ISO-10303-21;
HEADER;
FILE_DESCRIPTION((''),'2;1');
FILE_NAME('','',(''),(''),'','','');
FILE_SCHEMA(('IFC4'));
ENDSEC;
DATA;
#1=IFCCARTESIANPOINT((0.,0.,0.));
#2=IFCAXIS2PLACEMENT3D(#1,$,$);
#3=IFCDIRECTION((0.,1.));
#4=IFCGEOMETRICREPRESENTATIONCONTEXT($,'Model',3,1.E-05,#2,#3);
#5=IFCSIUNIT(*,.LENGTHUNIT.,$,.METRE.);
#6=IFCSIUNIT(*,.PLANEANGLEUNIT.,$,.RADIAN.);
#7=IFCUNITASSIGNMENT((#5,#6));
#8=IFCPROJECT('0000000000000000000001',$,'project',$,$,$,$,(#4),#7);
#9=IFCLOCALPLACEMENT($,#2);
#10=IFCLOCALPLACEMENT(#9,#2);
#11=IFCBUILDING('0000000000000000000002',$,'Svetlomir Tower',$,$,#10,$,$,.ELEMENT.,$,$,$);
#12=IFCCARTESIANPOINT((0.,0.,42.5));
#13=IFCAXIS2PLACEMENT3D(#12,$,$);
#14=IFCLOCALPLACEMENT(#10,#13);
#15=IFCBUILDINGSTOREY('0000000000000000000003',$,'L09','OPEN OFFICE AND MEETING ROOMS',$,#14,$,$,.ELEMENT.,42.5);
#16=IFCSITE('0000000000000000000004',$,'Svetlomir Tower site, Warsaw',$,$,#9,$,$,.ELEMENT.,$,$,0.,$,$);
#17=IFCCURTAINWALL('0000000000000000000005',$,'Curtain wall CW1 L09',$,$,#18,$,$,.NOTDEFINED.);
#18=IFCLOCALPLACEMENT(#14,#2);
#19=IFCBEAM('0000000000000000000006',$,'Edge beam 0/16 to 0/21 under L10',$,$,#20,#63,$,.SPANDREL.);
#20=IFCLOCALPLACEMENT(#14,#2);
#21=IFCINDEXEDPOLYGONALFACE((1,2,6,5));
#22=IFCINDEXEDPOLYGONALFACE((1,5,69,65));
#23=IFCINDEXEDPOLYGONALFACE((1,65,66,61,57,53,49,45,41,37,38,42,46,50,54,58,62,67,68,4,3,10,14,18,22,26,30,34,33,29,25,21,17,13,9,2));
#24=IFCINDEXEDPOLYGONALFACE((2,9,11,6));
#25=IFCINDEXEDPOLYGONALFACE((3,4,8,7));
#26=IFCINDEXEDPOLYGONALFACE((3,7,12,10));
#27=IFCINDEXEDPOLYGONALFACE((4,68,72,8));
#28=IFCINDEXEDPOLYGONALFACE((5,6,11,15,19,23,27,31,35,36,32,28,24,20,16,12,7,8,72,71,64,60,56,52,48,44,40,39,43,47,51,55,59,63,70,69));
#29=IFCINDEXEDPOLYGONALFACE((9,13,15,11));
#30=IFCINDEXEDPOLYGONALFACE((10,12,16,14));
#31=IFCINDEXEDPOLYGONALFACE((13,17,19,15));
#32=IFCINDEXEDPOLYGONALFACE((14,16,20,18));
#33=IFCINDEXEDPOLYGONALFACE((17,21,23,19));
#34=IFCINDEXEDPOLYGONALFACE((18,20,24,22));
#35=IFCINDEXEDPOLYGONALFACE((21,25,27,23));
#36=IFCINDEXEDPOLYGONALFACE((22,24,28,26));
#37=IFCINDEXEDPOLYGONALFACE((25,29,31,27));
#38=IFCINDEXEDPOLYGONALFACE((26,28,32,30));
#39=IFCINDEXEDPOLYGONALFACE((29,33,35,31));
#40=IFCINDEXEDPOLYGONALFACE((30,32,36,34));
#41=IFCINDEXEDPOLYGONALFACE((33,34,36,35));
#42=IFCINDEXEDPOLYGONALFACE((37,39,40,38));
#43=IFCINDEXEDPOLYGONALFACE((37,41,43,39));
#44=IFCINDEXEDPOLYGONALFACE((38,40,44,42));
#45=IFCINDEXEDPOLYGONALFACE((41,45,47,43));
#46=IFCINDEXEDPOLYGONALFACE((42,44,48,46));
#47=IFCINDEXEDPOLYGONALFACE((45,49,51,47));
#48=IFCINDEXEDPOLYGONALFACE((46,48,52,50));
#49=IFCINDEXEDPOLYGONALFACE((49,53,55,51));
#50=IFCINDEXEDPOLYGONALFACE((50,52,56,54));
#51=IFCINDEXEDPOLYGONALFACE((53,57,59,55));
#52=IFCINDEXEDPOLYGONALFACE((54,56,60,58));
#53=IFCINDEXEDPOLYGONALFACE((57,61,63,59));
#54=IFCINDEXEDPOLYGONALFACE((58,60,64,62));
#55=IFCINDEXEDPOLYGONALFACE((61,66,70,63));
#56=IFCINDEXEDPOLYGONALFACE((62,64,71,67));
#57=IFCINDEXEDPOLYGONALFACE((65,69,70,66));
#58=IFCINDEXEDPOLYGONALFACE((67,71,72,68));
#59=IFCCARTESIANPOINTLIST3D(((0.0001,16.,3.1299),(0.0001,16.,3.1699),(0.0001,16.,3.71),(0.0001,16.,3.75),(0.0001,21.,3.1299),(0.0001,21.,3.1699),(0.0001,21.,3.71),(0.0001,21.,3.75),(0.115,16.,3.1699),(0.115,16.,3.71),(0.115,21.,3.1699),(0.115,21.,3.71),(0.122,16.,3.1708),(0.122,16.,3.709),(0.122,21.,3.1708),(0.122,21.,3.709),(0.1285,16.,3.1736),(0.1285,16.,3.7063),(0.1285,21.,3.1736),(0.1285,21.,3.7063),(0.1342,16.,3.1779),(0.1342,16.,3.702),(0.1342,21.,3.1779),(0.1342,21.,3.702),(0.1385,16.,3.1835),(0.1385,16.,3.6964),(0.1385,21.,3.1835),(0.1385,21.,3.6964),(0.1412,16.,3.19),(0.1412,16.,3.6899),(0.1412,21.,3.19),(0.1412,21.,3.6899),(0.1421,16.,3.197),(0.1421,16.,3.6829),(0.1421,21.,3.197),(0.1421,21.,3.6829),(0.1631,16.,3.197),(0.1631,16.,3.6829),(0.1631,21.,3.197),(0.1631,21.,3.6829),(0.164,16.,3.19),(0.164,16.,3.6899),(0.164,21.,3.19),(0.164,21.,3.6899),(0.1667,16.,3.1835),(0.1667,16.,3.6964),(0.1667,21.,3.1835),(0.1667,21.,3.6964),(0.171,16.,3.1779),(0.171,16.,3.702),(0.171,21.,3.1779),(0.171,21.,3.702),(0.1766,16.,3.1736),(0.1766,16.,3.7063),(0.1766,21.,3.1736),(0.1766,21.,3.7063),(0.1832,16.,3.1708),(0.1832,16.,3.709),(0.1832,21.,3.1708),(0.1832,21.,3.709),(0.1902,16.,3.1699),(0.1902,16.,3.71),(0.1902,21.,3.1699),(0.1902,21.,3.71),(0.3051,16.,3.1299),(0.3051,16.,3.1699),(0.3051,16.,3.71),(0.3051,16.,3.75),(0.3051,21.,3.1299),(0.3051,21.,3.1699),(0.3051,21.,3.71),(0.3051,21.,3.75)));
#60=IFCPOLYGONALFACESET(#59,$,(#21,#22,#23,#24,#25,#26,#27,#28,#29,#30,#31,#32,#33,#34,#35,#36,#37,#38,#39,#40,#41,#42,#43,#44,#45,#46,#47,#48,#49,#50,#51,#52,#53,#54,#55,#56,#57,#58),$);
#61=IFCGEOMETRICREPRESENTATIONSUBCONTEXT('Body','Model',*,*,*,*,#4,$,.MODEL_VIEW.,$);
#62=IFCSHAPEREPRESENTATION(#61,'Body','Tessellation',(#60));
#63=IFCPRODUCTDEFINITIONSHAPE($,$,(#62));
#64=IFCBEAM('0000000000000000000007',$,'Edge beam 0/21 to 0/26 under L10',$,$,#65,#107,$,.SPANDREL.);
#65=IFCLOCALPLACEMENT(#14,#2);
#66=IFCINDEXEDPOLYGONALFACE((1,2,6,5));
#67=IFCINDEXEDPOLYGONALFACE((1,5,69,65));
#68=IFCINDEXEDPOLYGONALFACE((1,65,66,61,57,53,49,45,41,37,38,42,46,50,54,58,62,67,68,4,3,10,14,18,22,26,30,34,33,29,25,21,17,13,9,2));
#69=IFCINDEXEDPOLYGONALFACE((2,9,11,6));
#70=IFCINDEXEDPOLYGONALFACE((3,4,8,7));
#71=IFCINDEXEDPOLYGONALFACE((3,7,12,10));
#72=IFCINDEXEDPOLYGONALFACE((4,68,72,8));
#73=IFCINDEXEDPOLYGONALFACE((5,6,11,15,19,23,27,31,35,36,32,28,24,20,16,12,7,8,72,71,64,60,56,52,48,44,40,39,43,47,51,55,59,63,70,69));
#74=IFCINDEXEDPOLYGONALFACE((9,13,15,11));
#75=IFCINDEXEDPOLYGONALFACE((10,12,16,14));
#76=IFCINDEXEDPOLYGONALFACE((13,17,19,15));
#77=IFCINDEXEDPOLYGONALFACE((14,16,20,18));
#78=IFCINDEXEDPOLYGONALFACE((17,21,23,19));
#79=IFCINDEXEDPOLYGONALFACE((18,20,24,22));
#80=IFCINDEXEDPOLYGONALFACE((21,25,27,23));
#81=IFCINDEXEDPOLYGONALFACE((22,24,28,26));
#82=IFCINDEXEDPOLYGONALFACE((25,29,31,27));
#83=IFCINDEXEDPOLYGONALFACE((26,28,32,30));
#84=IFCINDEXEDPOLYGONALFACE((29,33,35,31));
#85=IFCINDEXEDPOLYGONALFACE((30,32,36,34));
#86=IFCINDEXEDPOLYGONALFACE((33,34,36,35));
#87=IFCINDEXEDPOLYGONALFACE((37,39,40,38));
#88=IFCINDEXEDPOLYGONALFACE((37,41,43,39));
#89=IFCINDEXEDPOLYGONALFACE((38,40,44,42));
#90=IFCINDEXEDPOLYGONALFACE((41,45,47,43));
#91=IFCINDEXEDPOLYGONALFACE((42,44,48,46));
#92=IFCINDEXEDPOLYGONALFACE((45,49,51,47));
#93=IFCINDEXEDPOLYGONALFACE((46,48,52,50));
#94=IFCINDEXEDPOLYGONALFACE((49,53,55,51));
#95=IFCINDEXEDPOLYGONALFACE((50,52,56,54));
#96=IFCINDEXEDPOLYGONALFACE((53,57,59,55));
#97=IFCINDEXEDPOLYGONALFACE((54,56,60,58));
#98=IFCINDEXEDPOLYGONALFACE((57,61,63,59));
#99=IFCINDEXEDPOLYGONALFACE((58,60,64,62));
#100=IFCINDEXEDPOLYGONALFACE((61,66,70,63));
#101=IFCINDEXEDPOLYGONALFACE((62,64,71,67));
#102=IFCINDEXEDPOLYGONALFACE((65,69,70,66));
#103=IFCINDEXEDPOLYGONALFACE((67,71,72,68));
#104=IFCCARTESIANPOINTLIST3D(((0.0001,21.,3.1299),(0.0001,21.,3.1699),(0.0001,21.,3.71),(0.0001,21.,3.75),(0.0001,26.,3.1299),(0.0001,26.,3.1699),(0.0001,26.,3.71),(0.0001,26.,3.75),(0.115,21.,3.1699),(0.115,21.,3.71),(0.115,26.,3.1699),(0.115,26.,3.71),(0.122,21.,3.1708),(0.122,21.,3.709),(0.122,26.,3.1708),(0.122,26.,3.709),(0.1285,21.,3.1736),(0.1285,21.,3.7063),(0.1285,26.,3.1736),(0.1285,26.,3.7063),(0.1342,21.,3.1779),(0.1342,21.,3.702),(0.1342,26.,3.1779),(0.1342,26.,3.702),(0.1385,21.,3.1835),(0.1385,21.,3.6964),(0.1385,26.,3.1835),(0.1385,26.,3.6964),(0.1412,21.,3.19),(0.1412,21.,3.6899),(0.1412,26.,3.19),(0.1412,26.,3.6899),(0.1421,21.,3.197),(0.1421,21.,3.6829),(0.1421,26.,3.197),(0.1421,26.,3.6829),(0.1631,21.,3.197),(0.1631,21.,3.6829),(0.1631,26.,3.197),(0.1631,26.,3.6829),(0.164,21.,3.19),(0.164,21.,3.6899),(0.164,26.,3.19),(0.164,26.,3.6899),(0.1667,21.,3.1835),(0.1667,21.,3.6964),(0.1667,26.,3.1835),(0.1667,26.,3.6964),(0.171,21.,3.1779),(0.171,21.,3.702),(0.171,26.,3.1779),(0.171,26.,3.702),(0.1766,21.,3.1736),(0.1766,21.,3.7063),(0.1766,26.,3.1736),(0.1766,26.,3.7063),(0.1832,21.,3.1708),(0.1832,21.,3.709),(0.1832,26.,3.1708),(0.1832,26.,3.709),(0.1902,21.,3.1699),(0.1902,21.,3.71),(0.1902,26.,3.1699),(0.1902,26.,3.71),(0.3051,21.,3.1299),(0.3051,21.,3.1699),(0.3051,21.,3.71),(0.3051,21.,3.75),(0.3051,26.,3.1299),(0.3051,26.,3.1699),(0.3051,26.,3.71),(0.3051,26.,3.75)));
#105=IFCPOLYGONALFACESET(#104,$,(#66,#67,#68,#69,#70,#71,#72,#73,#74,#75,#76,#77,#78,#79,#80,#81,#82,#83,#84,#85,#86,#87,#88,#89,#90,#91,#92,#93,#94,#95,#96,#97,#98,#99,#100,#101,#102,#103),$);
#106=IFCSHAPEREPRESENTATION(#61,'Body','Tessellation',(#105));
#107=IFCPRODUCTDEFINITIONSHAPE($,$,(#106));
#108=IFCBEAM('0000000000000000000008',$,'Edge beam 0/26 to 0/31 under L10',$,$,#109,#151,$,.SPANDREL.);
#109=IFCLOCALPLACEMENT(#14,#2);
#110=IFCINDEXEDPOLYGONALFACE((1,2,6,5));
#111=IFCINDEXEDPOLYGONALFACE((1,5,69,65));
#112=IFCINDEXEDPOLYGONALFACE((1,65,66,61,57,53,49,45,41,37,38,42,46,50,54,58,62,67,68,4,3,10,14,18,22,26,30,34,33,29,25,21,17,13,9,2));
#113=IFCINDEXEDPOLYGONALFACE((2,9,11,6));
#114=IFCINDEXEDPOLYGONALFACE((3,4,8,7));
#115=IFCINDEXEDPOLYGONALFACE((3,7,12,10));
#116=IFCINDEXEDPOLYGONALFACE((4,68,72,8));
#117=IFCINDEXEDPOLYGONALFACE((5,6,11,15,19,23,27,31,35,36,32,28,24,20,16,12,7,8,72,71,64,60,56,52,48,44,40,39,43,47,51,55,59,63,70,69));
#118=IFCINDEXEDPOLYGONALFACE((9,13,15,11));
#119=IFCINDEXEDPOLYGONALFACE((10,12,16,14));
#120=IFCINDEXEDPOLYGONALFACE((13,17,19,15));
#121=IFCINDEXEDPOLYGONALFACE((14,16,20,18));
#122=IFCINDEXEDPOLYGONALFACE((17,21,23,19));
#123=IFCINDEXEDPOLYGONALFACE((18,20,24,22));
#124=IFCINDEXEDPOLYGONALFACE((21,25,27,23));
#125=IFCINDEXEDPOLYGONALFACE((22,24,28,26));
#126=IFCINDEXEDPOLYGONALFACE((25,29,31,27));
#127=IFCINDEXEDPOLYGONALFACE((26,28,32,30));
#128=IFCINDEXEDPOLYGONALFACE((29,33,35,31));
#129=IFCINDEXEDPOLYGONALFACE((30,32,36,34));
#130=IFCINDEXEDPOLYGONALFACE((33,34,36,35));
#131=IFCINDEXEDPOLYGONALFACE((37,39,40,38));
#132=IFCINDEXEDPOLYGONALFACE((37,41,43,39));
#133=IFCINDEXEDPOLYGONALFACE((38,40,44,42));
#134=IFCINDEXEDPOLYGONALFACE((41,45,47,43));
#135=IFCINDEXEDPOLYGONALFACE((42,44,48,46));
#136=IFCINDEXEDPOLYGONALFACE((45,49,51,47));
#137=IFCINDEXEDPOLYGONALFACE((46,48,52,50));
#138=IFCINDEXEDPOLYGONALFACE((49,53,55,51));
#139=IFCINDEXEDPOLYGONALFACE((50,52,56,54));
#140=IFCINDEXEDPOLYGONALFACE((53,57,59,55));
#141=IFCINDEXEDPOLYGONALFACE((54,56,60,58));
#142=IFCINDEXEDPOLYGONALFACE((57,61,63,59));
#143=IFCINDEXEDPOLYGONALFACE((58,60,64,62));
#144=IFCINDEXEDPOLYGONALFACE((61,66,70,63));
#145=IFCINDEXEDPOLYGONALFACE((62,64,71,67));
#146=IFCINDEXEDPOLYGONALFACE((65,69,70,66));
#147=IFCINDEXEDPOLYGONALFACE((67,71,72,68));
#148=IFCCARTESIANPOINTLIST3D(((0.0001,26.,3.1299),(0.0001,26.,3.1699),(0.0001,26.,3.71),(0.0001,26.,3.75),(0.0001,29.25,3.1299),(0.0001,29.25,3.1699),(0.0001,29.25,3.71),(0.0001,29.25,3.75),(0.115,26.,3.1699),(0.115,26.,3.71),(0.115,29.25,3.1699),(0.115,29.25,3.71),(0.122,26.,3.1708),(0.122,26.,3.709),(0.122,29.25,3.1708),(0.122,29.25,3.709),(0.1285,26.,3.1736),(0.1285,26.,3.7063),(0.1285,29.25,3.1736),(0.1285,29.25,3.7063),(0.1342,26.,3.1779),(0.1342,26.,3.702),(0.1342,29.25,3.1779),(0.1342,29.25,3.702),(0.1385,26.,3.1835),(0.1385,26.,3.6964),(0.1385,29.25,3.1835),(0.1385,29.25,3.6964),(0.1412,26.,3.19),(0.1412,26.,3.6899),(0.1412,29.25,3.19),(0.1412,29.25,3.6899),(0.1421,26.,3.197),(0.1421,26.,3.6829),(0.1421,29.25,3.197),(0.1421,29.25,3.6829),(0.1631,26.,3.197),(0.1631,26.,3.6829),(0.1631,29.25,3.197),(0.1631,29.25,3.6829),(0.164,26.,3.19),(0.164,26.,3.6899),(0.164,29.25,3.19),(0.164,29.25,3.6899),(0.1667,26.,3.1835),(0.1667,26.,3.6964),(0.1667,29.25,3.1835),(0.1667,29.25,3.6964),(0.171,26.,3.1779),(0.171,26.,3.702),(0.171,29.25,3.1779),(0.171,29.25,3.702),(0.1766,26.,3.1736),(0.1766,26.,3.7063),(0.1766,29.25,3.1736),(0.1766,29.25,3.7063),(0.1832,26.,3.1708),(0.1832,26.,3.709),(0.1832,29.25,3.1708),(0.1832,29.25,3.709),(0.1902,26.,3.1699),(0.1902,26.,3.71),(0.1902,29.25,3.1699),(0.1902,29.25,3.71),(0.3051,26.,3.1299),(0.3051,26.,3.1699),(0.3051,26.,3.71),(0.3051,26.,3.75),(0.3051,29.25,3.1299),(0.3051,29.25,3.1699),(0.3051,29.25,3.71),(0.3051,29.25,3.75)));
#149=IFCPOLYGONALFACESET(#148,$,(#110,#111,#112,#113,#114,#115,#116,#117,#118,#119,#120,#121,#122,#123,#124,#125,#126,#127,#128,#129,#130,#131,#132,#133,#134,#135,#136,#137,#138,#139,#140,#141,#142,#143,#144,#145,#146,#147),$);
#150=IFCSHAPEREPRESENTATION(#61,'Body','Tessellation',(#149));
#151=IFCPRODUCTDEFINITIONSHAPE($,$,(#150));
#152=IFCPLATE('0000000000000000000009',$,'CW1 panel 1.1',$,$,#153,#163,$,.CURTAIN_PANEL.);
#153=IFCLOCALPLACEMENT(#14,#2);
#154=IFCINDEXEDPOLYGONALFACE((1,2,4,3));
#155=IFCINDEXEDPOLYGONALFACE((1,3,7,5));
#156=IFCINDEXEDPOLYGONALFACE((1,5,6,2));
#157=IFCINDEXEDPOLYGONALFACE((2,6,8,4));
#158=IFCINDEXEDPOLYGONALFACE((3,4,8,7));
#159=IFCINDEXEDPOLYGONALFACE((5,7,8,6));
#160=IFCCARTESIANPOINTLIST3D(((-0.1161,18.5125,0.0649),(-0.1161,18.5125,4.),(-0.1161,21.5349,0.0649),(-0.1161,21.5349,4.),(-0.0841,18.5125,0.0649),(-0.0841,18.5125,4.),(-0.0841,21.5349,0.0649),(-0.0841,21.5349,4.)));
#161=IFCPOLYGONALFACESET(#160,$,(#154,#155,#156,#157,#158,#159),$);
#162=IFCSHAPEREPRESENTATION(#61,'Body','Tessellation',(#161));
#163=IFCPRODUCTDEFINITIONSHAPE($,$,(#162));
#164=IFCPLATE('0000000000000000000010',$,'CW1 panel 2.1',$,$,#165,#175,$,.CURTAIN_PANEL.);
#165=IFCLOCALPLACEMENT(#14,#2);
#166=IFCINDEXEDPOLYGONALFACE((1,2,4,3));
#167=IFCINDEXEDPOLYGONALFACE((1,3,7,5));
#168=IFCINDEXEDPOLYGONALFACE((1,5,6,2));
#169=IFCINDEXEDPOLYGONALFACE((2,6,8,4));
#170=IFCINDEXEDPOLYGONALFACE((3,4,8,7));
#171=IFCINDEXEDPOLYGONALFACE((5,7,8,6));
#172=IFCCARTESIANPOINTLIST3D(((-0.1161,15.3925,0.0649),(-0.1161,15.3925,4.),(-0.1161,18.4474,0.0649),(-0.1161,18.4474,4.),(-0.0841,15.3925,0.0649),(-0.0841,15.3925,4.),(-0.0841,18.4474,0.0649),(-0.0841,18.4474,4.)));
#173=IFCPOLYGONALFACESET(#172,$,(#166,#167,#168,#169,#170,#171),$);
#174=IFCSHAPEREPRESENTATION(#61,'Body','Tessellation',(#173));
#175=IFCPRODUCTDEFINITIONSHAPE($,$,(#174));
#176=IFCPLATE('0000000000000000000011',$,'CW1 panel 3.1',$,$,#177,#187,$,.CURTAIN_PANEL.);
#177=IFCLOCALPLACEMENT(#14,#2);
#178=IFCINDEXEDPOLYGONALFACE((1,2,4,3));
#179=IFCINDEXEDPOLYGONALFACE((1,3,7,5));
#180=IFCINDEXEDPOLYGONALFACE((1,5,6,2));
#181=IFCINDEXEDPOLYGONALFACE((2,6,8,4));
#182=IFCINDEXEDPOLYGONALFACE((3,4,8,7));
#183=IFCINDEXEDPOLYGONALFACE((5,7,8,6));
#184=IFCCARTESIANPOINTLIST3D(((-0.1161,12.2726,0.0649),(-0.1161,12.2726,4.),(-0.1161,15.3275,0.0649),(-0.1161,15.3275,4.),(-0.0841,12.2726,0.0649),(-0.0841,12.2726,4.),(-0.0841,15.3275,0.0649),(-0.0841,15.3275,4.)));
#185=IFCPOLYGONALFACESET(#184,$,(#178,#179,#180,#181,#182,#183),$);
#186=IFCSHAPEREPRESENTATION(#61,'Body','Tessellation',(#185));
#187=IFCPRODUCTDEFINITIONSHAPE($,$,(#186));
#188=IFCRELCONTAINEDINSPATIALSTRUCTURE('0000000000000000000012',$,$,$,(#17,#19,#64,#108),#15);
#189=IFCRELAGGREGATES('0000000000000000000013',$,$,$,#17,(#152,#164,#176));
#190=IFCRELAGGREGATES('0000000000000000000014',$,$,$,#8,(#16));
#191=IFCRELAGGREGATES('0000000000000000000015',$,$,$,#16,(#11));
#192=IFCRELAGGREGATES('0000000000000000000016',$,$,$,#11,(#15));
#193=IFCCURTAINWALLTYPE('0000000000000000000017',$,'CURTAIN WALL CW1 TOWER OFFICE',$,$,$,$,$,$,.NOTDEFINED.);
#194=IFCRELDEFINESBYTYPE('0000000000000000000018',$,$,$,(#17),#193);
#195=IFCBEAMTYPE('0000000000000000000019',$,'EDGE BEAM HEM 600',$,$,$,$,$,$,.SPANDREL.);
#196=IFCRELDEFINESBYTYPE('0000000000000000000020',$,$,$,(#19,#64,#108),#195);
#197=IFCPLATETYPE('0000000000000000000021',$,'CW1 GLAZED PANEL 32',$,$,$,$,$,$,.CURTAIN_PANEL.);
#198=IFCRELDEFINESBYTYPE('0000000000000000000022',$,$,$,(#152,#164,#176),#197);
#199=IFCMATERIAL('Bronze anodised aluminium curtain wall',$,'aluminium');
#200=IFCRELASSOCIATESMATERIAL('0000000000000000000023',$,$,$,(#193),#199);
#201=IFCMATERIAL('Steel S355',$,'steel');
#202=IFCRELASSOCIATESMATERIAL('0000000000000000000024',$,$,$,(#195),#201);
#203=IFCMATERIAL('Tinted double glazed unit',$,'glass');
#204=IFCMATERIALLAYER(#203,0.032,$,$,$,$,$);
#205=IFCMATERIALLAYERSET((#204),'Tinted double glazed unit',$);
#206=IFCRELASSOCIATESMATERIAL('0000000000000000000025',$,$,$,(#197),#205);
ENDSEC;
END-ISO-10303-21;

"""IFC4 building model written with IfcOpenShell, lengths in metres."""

from ifc_helpers import new_model, si_unit, direction, frame, origin, origin_2d, place, context, subcontext, project, spatial, rectangle, i_section, extrude, material, layer, layer_set, material_profile, profile_set, type_object, element, aggregate, save


model = new_model("IFC4")

# Units and contexts
model_context = context("Model", 3, precision=1e-05, world=origin(), true_north=direction((0.0, 1.0)))
body_context = subcontext(model_context, "Body", "Model", "MODEL_VIEW")
ifc_project = project(units=[si_unit("LENGTHUNIT", "METRE"), si_unit("PLANEANGLEUNIT", "RADIAN")], contexts=[model_context])

# Site, building, storey
site_placement = place(None, origin())
site = spatial("IfcSite", under=ifc_project, at=site_placement, Name="Svetlomir Tower site, Warsaw", CompositionType="ELEMENT", RefElevation=0.0)
building_placement = place(site_placement, origin())
building = spatial("IfcBuilding", under=site, at=building_placement, Name="Svetlomir Tower", CompositionType="ELEMENT")
storey_placement = place(building_placement, frame((0.0, 0.0, 42.5)))
storey = spatial("IfcBuildingStorey", under=building, at=storey_placement, Name="L09", Description="OPEN OFFICE AND MEETING ROOMS", CompositionType="ELEMENT", Elevation=42.5)

# Curtain wall
ifc_material_1 = material(Name="Bronze anodised aluminium curtain wall", Category="aluminium")
curtain_wall_type = type_object("IfcCurtainWallType", Name="CURTAIN WALL CW1 TOWER OFFICE", PredefinedType="NOTDEFINED", material=ifc_material_1)
curtain_wall_1_placement = place(storey_placement, origin())
curtain_wall_1 = element("IfcCurtainWall", 1, at=curtain_wall_1_placement, inside=storey, type_object=curtain_wall_type, Name="Curtain wall CW1 L09", PredefinedType="NOTDEFINED")

# Beams
ifc_material_2 = material(Name="Steel S355", Category="steel")
ifc_material_profile_1 = material_profile(ifc_material_2, i_section(OverallWidth=0.3049, OverallDepth=0.6201, WebThickness=0.021, FlangeThickness=0.04, FilletRadius=0.0271, at=origin_2d()), Name="HEM 600")
ifc_profile_set_1 = profile_set([ifc_material_profile_1], Name="Steel S355")
beam_type_1 = type_object("IfcBeamType", Name="EDGE BEAM HEM 600", PredefinedType="SPANDREL", material=ifc_profile_set_1)
for number, where, z_axis, x_axis, name in (
    (2, (0.1526, 16.0, 3.4399), (0.0, 1.0, 0.0), (-1.0, 0.0, 0.0), "Edge beam 0/16 to 0/21 under L10"),
    (3, (0.1526, 21.0, 3.4399), (0.0, 1.0, 0.0), (-1.0, 0.0, 0.0), "Edge beam 0/21 to 0/26 under L10"),
):
    element("IfcBeam", number, at=place(storey_placement, frame(where, z_axis=z_axis, x_axis=x_axis)), inside=storey, type_object=beam_type_1, Name=name, PredefinedType="SPANDREL", context=body_context, shape_type="SweptSolid", body=[
        extrude(i_section(OverallWidth=0.3049, OverallDepth=0.6201, WebThickness=0.021, FlangeThickness=0.04, FilletRadius=0.0271, at=origin_2d()), origin(), (0.0, 0.0, 1.0), 5.0),
    ])
beam_placement = place(storey_placement, frame((0.1526, 26.0, 3.4399), z_axis=(0.0, 1.0, 0.0), x_axis=(-1.0, 0.0, 0.0)))
element("IfcBeam", 4, at=beam_placement, inside=storey, type_object=beam_type_1, Name="Edge beam 0/26 to 0/31 under L10", PredefinedType="SPANDREL", context=body_context, shape_type="SweptSolid", body=[
    extrude(i_section(OverallWidth=0.3049, OverallDepth=0.6201, WebThickness=0.021, FlangeThickness=0.04, FilletRadius=0.0271, at=origin_2d()), origin(), (0.0, 0.0, 1.0), 3.25),
])

# Plates
ifc_material_3 = material(Name="Tinted double glazed unit", Category="glass")
ifc_layer_1 = layer(ifc_material_3, 0.032)
ifc_layer_set_1 = layer_set([ifc_layer_1], Name="Tinted double glazed unit")
plate_type = type_object("IfcPlateType", Name="CW1 GLAZED PANEL 32", PredefinedType="CURTAIN_PANEL", material=ifc_layer_set_1)
plate_1_placement = place(storey_placement, frame((-0.1001, 20.0237, 0.0649), z_axis=(0.0, 0.0, 1.0), x_axis=(0.0, -1.0, 0.0)))
plate_1 = element("IfcPlate", 5, at=plate_1_placement, type_object=plate_type, Name="CW1 panel 1.1", PredefinedType="CURTAIN_PANEL", context=body_context, shape_type="SweptSolid", body=[
    extrude(rectangle(XDim=3.0225, YDim=0.032, at=origin_2d()), origin(), (0.0, 0.0, 1.0), 3.9351),
])
plate_2_placement = place(storey_placement, frame((-0.1001, 16.9199, 0.0649), z_axis=(0.0, 0.0, 1.0), x_axis=(0.0, -1.0, 0.0)))
plate_2 = element("IfcPlate", 6, at=plate_2_placement, type_object=plate_type, Name="CW1 panel 2.1", PredefinedType="CURTAIN_PANEL", context=body_context, shape_type="SweptSolid", body=[
    extrude(rectangle(XDim=3.0549, YDim=0.032, at=origin_2d()), origin(), (0.0, 0.0, 1.0), 3.9351),
])
plate_3_placement = place(storey_placement, frame((-0.1001, 13.8, 0.0649), z_axis=(0.0, 0.0, 1.0), x_axis=(0.0, -1.0, 0.0)))
plate_3 = element("IfcPlate", 7, at=plate_3_placement, type_object=plate_type, Name="CW1 panel 3.1", PredefinedType="CURTAIN_PANEL", context=body_context, shape_type="SweptSolid", body=[
    extrude(rectangle(XDim=3.0549, YDim=0.032, at=origin_2d()), origin(), (0.0, 0.0, 1.0), 3.9351),
])
aggregate(curtain_wall_1, [plate_1, plate_2, plate_3])

save(model, "model.ifc")
